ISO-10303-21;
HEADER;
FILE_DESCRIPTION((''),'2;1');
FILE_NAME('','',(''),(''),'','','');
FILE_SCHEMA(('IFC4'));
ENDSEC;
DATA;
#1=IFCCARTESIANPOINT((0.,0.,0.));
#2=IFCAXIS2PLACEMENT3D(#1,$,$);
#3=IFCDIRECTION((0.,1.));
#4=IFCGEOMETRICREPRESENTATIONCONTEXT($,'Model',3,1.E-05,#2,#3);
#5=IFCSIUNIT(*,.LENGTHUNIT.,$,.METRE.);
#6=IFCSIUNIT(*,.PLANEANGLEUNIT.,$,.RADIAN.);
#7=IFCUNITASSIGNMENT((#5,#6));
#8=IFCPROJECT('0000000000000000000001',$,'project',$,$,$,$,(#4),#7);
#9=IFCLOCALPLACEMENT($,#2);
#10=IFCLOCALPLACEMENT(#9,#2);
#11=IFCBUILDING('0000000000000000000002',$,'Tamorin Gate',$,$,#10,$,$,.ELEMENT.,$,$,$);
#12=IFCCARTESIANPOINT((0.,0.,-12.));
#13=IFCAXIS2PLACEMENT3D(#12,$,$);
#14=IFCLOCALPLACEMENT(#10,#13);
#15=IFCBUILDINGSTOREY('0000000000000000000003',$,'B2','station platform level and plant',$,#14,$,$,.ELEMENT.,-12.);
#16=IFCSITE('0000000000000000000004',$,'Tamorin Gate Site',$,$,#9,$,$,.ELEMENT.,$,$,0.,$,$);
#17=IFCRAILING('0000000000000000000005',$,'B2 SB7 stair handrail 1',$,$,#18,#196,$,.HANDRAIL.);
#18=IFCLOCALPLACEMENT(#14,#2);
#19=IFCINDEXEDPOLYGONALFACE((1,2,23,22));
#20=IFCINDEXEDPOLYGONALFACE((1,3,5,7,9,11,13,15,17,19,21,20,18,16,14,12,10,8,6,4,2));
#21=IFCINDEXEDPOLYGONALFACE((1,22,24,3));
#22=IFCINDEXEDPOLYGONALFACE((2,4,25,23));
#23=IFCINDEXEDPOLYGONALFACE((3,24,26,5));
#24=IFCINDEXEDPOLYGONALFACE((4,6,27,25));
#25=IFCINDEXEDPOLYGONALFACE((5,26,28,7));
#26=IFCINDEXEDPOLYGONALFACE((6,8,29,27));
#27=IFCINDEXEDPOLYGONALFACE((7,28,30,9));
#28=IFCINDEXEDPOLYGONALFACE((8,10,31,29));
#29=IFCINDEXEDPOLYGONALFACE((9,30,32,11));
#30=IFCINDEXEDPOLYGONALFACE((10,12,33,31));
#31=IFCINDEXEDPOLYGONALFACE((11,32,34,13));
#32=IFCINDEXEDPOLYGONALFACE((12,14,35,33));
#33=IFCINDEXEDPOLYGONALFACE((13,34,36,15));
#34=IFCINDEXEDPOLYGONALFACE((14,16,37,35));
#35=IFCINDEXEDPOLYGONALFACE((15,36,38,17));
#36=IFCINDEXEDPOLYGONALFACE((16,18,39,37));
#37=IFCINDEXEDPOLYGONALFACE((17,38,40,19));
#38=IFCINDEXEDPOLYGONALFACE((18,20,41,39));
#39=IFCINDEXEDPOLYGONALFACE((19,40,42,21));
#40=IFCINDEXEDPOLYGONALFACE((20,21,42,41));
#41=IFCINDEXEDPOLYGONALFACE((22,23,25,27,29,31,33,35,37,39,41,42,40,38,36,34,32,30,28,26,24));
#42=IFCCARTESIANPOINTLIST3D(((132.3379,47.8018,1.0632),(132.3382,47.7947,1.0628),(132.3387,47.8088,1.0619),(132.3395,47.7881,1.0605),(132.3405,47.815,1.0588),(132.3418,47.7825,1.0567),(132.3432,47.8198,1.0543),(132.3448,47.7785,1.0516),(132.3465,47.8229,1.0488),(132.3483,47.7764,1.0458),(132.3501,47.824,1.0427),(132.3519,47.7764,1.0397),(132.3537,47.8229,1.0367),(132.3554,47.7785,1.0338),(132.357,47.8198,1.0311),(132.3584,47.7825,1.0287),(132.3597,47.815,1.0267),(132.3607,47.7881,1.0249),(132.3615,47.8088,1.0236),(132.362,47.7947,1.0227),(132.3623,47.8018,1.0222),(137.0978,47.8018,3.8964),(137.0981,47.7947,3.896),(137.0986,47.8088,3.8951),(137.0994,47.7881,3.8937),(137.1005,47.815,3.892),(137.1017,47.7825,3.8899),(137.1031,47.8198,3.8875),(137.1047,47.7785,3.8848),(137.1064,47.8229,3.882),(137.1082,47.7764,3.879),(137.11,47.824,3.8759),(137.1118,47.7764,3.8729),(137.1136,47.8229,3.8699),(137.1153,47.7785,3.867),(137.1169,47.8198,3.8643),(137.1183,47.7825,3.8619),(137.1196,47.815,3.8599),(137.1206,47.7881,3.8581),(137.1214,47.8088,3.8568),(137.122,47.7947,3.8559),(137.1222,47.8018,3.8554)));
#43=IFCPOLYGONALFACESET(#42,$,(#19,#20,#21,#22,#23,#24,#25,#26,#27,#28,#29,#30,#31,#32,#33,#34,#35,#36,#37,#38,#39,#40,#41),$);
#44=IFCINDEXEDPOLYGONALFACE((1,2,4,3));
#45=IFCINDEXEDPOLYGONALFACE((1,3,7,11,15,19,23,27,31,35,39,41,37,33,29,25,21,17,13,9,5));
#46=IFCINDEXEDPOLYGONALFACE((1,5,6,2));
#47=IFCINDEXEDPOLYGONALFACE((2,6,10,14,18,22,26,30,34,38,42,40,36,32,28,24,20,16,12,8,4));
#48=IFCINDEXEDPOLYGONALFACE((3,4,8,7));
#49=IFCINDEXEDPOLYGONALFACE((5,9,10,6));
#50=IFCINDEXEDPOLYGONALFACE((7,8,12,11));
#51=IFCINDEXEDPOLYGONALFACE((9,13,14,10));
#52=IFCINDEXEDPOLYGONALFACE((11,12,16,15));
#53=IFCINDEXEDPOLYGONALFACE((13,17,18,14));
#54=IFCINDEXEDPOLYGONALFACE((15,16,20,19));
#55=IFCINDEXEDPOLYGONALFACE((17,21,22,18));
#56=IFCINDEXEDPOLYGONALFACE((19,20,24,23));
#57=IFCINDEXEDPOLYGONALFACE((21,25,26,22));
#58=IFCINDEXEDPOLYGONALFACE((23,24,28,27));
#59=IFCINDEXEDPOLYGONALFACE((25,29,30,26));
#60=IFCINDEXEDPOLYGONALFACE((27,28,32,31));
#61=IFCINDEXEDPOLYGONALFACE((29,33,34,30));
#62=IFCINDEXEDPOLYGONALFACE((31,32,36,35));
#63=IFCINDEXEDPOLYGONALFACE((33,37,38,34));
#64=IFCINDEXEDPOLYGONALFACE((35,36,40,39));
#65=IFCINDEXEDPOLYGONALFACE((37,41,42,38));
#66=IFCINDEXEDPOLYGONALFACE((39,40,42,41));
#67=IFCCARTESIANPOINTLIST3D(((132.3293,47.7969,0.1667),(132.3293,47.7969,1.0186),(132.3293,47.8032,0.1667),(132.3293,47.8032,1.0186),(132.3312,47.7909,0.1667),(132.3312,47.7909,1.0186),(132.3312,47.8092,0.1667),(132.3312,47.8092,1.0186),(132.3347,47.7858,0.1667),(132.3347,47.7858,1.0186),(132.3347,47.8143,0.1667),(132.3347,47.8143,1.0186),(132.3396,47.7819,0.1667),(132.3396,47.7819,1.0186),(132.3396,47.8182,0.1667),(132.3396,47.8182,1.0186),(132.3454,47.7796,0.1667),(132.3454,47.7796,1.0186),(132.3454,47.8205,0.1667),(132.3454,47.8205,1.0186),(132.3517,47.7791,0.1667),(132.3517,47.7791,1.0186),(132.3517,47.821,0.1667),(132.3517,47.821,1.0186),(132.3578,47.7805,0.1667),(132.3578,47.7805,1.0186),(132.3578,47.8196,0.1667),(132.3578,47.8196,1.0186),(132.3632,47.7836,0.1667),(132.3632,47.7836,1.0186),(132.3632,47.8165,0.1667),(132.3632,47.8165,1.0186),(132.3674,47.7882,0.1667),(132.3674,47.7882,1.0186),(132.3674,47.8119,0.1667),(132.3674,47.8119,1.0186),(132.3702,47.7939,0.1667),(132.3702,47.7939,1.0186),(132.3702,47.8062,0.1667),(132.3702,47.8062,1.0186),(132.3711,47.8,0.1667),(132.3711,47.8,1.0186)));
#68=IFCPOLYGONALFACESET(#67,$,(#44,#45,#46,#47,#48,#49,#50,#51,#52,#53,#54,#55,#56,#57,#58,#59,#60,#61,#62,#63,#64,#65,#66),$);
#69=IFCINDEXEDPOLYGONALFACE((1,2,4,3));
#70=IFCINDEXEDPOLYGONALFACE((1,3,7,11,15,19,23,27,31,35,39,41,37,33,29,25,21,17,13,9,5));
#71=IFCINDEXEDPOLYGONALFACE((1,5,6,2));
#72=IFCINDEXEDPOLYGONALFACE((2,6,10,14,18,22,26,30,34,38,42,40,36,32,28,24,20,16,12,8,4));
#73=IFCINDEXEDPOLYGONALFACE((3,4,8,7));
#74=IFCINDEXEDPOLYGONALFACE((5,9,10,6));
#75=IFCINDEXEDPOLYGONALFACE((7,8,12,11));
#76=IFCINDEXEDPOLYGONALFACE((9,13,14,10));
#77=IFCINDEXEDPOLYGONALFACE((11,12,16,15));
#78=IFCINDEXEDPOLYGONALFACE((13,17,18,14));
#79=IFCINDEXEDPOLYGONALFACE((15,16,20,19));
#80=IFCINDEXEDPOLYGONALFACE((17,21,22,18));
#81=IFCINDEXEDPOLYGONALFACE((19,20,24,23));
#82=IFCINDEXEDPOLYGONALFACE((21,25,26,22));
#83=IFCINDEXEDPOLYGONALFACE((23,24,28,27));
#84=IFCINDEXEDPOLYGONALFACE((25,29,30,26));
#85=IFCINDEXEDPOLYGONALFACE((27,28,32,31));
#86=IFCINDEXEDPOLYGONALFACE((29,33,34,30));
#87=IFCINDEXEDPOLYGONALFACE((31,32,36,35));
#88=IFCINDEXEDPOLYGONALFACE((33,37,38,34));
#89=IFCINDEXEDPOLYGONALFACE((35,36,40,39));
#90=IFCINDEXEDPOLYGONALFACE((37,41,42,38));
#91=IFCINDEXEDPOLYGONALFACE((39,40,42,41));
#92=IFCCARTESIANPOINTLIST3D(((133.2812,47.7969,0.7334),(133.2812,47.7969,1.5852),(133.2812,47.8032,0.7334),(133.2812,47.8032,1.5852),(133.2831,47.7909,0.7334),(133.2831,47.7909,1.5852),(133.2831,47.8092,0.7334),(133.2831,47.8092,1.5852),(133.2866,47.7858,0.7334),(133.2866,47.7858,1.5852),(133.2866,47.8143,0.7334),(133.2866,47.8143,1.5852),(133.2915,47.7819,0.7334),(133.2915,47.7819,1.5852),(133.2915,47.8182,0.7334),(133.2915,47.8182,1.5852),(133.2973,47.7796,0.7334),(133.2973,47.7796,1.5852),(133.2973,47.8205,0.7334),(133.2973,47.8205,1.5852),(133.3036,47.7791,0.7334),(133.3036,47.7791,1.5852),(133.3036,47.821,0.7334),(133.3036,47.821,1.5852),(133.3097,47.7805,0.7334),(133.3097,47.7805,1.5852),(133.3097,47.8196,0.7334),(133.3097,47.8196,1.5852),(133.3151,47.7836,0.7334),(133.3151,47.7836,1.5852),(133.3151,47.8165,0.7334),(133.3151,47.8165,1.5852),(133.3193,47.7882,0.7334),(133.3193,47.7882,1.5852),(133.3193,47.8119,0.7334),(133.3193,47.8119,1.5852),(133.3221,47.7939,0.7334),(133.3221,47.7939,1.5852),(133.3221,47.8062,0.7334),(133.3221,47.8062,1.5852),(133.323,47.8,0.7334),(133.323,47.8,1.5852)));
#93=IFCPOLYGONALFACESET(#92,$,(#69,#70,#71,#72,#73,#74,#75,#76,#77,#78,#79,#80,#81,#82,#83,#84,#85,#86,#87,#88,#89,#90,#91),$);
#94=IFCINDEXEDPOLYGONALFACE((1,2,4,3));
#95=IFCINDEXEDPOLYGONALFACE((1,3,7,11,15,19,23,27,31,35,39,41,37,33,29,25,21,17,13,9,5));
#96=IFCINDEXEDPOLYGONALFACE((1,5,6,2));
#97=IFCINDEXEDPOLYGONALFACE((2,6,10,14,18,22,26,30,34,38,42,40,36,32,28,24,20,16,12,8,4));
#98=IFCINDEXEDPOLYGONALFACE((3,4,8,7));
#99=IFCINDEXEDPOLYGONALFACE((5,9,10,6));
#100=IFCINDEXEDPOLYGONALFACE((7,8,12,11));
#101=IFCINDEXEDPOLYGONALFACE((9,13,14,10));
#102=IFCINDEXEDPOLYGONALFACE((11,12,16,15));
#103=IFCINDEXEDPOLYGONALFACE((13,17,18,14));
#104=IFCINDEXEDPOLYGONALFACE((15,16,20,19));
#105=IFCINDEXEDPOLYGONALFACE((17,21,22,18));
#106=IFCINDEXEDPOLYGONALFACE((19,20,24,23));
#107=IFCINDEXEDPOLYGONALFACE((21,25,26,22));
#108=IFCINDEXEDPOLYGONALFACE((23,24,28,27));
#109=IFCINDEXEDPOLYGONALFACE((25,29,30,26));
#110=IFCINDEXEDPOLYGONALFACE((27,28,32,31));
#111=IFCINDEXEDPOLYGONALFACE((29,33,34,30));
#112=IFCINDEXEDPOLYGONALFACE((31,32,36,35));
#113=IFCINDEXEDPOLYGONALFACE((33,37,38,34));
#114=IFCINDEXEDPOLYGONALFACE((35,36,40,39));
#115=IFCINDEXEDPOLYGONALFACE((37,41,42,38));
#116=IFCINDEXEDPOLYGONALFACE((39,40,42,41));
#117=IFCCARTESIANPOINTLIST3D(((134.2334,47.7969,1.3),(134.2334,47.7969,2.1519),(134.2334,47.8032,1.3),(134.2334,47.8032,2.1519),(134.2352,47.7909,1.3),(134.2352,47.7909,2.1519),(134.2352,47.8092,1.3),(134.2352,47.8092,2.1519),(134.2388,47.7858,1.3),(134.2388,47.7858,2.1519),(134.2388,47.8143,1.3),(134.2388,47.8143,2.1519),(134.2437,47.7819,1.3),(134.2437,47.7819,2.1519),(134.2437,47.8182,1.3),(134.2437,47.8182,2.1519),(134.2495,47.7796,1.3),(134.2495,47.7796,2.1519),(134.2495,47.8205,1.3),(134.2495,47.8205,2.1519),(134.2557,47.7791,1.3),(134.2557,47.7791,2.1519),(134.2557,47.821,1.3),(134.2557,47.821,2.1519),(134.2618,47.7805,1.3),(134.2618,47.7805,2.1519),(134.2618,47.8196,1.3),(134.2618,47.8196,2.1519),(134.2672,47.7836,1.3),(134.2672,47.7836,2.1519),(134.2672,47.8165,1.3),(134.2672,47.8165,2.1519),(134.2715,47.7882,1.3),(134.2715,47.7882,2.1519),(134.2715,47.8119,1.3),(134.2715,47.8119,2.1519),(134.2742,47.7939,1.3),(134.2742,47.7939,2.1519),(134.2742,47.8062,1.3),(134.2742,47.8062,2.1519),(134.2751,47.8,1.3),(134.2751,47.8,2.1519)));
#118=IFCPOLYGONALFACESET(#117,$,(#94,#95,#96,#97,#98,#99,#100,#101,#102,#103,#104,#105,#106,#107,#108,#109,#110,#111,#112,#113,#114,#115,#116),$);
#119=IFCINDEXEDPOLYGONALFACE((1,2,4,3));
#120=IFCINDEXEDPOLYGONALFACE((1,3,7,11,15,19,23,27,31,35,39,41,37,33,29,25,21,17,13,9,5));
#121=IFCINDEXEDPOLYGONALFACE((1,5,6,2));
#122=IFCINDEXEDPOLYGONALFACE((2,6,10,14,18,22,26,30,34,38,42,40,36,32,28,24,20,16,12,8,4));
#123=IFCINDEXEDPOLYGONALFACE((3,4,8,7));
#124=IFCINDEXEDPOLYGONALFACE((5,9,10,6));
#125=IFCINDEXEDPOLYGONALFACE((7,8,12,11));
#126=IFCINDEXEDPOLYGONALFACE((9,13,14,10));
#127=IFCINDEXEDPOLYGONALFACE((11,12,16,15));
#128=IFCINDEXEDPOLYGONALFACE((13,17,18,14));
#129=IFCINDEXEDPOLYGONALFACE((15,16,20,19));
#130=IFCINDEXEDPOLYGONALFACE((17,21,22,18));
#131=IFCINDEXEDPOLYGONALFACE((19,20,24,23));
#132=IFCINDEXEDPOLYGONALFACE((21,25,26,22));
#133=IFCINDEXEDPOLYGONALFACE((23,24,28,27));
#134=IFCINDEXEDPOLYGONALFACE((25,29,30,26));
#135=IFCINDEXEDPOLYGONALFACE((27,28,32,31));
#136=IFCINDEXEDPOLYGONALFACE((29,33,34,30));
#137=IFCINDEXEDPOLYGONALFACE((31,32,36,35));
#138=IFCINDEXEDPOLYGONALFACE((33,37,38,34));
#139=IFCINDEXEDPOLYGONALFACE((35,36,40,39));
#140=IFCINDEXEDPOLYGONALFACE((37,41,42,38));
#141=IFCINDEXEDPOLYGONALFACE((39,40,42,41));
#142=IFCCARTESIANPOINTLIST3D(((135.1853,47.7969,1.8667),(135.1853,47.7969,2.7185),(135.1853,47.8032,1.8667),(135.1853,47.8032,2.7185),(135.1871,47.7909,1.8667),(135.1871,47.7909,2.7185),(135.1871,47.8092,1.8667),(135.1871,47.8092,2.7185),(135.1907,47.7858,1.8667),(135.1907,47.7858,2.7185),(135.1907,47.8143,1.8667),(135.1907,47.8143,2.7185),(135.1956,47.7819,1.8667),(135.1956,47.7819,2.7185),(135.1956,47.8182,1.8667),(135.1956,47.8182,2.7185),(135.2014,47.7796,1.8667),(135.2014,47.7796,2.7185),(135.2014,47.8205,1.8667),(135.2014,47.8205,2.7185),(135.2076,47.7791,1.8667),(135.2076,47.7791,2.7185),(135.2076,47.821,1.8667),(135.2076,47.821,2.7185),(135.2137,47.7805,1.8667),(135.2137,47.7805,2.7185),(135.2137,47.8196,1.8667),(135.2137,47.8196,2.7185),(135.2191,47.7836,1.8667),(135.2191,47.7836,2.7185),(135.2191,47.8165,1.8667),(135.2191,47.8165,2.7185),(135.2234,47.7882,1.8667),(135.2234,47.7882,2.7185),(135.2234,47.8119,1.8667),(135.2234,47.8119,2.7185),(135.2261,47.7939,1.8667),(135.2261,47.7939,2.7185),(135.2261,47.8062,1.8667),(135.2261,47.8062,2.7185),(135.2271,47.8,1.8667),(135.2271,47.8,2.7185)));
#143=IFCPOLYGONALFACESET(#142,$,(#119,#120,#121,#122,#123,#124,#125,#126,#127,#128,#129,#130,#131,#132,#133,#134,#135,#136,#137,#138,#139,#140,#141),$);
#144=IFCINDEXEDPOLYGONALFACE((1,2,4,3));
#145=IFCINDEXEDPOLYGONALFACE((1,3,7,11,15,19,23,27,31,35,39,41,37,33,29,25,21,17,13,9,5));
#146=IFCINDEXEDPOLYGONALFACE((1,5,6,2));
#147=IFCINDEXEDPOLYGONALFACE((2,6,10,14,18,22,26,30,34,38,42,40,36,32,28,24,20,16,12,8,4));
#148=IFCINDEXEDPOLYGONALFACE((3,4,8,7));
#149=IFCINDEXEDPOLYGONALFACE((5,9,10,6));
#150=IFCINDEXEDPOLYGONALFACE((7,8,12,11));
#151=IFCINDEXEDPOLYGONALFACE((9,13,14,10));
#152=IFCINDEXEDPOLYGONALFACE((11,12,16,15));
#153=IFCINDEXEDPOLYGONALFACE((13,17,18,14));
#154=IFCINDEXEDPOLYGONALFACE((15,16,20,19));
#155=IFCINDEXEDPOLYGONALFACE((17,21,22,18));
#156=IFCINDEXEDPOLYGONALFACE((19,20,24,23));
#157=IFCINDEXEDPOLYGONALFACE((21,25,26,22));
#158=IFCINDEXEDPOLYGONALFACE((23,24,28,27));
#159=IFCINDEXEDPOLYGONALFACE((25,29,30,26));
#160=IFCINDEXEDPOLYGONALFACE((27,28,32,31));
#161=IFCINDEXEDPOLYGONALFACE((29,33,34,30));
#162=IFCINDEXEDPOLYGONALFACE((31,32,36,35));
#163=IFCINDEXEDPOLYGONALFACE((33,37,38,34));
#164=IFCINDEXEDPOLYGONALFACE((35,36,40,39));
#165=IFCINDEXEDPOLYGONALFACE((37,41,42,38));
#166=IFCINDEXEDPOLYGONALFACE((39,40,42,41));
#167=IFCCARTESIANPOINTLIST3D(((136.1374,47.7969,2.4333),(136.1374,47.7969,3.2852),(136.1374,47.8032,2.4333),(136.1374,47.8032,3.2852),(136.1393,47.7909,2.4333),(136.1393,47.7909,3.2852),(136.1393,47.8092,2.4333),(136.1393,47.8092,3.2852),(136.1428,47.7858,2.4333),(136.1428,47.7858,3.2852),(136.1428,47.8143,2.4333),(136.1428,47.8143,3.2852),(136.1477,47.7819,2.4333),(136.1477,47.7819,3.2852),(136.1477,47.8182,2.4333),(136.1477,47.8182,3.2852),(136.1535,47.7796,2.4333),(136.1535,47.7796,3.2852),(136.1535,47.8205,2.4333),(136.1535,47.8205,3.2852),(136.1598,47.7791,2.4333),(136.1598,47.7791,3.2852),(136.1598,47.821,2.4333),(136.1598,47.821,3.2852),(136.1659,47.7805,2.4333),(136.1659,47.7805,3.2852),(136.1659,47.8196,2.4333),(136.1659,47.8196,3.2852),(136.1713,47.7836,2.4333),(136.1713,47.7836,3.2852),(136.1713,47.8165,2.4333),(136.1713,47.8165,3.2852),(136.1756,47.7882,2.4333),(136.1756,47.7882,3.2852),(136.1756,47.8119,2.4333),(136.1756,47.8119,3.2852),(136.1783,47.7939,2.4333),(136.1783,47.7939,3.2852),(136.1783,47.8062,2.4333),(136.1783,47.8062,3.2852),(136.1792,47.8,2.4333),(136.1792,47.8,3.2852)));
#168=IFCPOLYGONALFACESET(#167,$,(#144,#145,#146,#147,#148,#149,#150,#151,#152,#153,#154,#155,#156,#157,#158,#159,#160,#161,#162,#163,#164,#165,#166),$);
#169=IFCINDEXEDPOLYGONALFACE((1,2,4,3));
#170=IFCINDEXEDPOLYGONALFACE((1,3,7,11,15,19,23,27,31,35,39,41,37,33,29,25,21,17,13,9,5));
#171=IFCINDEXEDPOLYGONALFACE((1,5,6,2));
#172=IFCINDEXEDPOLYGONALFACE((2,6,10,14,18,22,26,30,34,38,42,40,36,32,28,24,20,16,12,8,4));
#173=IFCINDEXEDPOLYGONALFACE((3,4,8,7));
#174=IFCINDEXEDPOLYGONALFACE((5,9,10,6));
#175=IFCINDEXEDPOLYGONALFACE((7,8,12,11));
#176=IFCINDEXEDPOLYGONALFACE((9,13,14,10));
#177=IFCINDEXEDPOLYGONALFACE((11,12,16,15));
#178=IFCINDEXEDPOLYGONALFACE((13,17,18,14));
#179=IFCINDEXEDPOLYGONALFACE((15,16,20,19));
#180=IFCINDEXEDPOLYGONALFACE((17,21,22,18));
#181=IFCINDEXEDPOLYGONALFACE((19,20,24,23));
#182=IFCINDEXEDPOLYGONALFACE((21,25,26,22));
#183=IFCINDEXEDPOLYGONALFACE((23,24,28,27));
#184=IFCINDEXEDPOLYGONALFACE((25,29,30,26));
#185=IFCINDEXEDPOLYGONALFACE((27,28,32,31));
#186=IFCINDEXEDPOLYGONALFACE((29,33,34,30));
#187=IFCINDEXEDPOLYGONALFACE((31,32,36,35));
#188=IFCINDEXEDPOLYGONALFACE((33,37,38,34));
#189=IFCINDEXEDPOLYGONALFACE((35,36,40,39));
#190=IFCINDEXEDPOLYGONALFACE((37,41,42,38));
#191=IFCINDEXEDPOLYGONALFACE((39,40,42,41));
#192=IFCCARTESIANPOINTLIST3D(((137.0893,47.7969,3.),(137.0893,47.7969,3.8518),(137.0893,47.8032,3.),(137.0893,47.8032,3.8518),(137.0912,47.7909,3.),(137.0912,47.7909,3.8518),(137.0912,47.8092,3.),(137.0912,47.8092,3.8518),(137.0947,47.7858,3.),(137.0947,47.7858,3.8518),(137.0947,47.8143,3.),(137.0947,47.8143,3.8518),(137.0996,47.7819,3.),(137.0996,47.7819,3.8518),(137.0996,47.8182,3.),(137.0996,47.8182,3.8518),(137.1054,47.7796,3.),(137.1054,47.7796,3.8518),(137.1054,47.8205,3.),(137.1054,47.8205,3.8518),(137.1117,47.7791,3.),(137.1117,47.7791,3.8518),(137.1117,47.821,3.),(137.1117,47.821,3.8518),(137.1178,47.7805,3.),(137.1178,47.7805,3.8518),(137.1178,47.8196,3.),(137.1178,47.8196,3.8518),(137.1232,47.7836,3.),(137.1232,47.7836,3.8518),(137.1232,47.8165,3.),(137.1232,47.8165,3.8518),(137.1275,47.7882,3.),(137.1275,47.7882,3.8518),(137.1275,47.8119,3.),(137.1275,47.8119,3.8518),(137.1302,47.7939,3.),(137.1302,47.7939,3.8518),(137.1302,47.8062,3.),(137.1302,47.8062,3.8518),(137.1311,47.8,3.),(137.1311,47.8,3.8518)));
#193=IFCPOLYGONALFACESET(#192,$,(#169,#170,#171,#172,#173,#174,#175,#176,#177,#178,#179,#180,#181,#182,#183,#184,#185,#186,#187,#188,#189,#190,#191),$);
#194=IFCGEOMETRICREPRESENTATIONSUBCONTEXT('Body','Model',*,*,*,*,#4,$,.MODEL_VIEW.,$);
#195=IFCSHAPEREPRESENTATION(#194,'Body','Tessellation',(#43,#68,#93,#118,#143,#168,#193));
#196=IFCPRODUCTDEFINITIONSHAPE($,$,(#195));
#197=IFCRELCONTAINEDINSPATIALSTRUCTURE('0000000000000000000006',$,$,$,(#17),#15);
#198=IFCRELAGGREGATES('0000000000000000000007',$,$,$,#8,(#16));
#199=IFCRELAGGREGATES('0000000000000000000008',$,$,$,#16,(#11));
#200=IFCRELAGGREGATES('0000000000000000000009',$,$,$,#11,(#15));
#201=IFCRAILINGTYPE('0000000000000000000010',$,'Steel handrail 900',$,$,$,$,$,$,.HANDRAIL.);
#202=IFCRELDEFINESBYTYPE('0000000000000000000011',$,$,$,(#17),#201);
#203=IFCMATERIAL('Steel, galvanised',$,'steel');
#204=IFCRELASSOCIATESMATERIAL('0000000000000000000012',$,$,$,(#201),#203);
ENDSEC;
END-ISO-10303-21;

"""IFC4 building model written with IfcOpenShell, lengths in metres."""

from ifc_helpers import new_model, si_unit, direction, frame, origin, origin_2d, place, context, subcontext, project, spatial, circle, extrude, material, type_object, element, save


model = new_model("IFC4")

# Units and contexts
model_context = context("Model", 3, precision=1e-05, world=origin(), true_north=direction((0.0, 1.0)))
body_context = subcontext(model_context, "Body", "Model", "MODEL_VIEW")
ifc_project = project(units=[si_unit("LENGTHUNIT", "METRE"), si_unit("PLANEANGLEUNIT", "RADIAN")], contexts=[model_context])

# Site, building, storey
site_placement = place(None, origin())
site = spatial("IfcSite", under=ifc_project, at=site_placement, Name="Tamorin Gate Site", CompositionType="ELEMENT", RefElevation=0.0)
building_placement = place(site_placement, origin())
building = spatial("IfcBuilding", under=site, at=building_placement, Name="Tamorin Gate", CompositionType="ELEMENT")
storey_placement = place(building_placement, frame((0.0, 0.0, -12.0)))
storey = spatial("IfcBuildingStorey", under=building, at=storey_placement, Name="B2", Description="station platform level and plant", CompositionType="ELEMENT", Elevation=-12.0)

# Railing
ifc_material_1 = material(Name="Steel, galvanised", Category="steel")
railing_type = type_object("IfcRailingType", Name="Steel handrail 900", PredefinedType="HANDRAIL", material=ifc_material_1)
railing_placement = place(storey_placement, frame((132.3501, 47.8, 0.1667)))
element("IfcRailing", 1, at=railing_placement, inside=storey, type_object=railing_type, Name="B2 SB7 stair handrail 1", PredefinedType="HANDRAIL", context=body_context, shape_type="SweptSolid", body=[
    extrude(circle(Radius=0.0239, at=origin_2d()), frame((0.0, 0.0, 0.876), z_axis=(0.8593, 0.0, 0.511472), x_axis=(0.0, 1.0, 0.0)), (0.0, 0.0, 1.0), 5.5393),
    extrude(circle(Radius=0.021, at=origin_2d()), origin(), (0.0, 0.0, 1.0), 0.8518),
    extrude(circle(Radius=0.021, at=origin_2d()), frame((0.9519, 0.0, 0.5667)), (0.0, 0.0, 1.0), 0.8518),
    extrude(circle(Radius=0.021, at=origin_2d()), frame((1.9041, 0.0, 1.1333)), (0.0, 0.0, 1.0), 0.8518),
    extrude(circle(Radius=0.021, at=origin_2d()), frame((2.856, 0.0, 1.7)), (0.0, 0.0, 1.0), 0.8518),
    extrude(circle(Radius=0.021, at=origin_2d()), frame((3.8081, 0.0, 2.2666)), (0.0, 0.0, 1.0), 0.8518),
    extrude(circle(Radius=0.021, at=origin_2d()), frame((4.76, 0.0, 2.8333)), (0.0, 0.0, 1.0), 0.8518),
])

save(model, "model.ifc")
